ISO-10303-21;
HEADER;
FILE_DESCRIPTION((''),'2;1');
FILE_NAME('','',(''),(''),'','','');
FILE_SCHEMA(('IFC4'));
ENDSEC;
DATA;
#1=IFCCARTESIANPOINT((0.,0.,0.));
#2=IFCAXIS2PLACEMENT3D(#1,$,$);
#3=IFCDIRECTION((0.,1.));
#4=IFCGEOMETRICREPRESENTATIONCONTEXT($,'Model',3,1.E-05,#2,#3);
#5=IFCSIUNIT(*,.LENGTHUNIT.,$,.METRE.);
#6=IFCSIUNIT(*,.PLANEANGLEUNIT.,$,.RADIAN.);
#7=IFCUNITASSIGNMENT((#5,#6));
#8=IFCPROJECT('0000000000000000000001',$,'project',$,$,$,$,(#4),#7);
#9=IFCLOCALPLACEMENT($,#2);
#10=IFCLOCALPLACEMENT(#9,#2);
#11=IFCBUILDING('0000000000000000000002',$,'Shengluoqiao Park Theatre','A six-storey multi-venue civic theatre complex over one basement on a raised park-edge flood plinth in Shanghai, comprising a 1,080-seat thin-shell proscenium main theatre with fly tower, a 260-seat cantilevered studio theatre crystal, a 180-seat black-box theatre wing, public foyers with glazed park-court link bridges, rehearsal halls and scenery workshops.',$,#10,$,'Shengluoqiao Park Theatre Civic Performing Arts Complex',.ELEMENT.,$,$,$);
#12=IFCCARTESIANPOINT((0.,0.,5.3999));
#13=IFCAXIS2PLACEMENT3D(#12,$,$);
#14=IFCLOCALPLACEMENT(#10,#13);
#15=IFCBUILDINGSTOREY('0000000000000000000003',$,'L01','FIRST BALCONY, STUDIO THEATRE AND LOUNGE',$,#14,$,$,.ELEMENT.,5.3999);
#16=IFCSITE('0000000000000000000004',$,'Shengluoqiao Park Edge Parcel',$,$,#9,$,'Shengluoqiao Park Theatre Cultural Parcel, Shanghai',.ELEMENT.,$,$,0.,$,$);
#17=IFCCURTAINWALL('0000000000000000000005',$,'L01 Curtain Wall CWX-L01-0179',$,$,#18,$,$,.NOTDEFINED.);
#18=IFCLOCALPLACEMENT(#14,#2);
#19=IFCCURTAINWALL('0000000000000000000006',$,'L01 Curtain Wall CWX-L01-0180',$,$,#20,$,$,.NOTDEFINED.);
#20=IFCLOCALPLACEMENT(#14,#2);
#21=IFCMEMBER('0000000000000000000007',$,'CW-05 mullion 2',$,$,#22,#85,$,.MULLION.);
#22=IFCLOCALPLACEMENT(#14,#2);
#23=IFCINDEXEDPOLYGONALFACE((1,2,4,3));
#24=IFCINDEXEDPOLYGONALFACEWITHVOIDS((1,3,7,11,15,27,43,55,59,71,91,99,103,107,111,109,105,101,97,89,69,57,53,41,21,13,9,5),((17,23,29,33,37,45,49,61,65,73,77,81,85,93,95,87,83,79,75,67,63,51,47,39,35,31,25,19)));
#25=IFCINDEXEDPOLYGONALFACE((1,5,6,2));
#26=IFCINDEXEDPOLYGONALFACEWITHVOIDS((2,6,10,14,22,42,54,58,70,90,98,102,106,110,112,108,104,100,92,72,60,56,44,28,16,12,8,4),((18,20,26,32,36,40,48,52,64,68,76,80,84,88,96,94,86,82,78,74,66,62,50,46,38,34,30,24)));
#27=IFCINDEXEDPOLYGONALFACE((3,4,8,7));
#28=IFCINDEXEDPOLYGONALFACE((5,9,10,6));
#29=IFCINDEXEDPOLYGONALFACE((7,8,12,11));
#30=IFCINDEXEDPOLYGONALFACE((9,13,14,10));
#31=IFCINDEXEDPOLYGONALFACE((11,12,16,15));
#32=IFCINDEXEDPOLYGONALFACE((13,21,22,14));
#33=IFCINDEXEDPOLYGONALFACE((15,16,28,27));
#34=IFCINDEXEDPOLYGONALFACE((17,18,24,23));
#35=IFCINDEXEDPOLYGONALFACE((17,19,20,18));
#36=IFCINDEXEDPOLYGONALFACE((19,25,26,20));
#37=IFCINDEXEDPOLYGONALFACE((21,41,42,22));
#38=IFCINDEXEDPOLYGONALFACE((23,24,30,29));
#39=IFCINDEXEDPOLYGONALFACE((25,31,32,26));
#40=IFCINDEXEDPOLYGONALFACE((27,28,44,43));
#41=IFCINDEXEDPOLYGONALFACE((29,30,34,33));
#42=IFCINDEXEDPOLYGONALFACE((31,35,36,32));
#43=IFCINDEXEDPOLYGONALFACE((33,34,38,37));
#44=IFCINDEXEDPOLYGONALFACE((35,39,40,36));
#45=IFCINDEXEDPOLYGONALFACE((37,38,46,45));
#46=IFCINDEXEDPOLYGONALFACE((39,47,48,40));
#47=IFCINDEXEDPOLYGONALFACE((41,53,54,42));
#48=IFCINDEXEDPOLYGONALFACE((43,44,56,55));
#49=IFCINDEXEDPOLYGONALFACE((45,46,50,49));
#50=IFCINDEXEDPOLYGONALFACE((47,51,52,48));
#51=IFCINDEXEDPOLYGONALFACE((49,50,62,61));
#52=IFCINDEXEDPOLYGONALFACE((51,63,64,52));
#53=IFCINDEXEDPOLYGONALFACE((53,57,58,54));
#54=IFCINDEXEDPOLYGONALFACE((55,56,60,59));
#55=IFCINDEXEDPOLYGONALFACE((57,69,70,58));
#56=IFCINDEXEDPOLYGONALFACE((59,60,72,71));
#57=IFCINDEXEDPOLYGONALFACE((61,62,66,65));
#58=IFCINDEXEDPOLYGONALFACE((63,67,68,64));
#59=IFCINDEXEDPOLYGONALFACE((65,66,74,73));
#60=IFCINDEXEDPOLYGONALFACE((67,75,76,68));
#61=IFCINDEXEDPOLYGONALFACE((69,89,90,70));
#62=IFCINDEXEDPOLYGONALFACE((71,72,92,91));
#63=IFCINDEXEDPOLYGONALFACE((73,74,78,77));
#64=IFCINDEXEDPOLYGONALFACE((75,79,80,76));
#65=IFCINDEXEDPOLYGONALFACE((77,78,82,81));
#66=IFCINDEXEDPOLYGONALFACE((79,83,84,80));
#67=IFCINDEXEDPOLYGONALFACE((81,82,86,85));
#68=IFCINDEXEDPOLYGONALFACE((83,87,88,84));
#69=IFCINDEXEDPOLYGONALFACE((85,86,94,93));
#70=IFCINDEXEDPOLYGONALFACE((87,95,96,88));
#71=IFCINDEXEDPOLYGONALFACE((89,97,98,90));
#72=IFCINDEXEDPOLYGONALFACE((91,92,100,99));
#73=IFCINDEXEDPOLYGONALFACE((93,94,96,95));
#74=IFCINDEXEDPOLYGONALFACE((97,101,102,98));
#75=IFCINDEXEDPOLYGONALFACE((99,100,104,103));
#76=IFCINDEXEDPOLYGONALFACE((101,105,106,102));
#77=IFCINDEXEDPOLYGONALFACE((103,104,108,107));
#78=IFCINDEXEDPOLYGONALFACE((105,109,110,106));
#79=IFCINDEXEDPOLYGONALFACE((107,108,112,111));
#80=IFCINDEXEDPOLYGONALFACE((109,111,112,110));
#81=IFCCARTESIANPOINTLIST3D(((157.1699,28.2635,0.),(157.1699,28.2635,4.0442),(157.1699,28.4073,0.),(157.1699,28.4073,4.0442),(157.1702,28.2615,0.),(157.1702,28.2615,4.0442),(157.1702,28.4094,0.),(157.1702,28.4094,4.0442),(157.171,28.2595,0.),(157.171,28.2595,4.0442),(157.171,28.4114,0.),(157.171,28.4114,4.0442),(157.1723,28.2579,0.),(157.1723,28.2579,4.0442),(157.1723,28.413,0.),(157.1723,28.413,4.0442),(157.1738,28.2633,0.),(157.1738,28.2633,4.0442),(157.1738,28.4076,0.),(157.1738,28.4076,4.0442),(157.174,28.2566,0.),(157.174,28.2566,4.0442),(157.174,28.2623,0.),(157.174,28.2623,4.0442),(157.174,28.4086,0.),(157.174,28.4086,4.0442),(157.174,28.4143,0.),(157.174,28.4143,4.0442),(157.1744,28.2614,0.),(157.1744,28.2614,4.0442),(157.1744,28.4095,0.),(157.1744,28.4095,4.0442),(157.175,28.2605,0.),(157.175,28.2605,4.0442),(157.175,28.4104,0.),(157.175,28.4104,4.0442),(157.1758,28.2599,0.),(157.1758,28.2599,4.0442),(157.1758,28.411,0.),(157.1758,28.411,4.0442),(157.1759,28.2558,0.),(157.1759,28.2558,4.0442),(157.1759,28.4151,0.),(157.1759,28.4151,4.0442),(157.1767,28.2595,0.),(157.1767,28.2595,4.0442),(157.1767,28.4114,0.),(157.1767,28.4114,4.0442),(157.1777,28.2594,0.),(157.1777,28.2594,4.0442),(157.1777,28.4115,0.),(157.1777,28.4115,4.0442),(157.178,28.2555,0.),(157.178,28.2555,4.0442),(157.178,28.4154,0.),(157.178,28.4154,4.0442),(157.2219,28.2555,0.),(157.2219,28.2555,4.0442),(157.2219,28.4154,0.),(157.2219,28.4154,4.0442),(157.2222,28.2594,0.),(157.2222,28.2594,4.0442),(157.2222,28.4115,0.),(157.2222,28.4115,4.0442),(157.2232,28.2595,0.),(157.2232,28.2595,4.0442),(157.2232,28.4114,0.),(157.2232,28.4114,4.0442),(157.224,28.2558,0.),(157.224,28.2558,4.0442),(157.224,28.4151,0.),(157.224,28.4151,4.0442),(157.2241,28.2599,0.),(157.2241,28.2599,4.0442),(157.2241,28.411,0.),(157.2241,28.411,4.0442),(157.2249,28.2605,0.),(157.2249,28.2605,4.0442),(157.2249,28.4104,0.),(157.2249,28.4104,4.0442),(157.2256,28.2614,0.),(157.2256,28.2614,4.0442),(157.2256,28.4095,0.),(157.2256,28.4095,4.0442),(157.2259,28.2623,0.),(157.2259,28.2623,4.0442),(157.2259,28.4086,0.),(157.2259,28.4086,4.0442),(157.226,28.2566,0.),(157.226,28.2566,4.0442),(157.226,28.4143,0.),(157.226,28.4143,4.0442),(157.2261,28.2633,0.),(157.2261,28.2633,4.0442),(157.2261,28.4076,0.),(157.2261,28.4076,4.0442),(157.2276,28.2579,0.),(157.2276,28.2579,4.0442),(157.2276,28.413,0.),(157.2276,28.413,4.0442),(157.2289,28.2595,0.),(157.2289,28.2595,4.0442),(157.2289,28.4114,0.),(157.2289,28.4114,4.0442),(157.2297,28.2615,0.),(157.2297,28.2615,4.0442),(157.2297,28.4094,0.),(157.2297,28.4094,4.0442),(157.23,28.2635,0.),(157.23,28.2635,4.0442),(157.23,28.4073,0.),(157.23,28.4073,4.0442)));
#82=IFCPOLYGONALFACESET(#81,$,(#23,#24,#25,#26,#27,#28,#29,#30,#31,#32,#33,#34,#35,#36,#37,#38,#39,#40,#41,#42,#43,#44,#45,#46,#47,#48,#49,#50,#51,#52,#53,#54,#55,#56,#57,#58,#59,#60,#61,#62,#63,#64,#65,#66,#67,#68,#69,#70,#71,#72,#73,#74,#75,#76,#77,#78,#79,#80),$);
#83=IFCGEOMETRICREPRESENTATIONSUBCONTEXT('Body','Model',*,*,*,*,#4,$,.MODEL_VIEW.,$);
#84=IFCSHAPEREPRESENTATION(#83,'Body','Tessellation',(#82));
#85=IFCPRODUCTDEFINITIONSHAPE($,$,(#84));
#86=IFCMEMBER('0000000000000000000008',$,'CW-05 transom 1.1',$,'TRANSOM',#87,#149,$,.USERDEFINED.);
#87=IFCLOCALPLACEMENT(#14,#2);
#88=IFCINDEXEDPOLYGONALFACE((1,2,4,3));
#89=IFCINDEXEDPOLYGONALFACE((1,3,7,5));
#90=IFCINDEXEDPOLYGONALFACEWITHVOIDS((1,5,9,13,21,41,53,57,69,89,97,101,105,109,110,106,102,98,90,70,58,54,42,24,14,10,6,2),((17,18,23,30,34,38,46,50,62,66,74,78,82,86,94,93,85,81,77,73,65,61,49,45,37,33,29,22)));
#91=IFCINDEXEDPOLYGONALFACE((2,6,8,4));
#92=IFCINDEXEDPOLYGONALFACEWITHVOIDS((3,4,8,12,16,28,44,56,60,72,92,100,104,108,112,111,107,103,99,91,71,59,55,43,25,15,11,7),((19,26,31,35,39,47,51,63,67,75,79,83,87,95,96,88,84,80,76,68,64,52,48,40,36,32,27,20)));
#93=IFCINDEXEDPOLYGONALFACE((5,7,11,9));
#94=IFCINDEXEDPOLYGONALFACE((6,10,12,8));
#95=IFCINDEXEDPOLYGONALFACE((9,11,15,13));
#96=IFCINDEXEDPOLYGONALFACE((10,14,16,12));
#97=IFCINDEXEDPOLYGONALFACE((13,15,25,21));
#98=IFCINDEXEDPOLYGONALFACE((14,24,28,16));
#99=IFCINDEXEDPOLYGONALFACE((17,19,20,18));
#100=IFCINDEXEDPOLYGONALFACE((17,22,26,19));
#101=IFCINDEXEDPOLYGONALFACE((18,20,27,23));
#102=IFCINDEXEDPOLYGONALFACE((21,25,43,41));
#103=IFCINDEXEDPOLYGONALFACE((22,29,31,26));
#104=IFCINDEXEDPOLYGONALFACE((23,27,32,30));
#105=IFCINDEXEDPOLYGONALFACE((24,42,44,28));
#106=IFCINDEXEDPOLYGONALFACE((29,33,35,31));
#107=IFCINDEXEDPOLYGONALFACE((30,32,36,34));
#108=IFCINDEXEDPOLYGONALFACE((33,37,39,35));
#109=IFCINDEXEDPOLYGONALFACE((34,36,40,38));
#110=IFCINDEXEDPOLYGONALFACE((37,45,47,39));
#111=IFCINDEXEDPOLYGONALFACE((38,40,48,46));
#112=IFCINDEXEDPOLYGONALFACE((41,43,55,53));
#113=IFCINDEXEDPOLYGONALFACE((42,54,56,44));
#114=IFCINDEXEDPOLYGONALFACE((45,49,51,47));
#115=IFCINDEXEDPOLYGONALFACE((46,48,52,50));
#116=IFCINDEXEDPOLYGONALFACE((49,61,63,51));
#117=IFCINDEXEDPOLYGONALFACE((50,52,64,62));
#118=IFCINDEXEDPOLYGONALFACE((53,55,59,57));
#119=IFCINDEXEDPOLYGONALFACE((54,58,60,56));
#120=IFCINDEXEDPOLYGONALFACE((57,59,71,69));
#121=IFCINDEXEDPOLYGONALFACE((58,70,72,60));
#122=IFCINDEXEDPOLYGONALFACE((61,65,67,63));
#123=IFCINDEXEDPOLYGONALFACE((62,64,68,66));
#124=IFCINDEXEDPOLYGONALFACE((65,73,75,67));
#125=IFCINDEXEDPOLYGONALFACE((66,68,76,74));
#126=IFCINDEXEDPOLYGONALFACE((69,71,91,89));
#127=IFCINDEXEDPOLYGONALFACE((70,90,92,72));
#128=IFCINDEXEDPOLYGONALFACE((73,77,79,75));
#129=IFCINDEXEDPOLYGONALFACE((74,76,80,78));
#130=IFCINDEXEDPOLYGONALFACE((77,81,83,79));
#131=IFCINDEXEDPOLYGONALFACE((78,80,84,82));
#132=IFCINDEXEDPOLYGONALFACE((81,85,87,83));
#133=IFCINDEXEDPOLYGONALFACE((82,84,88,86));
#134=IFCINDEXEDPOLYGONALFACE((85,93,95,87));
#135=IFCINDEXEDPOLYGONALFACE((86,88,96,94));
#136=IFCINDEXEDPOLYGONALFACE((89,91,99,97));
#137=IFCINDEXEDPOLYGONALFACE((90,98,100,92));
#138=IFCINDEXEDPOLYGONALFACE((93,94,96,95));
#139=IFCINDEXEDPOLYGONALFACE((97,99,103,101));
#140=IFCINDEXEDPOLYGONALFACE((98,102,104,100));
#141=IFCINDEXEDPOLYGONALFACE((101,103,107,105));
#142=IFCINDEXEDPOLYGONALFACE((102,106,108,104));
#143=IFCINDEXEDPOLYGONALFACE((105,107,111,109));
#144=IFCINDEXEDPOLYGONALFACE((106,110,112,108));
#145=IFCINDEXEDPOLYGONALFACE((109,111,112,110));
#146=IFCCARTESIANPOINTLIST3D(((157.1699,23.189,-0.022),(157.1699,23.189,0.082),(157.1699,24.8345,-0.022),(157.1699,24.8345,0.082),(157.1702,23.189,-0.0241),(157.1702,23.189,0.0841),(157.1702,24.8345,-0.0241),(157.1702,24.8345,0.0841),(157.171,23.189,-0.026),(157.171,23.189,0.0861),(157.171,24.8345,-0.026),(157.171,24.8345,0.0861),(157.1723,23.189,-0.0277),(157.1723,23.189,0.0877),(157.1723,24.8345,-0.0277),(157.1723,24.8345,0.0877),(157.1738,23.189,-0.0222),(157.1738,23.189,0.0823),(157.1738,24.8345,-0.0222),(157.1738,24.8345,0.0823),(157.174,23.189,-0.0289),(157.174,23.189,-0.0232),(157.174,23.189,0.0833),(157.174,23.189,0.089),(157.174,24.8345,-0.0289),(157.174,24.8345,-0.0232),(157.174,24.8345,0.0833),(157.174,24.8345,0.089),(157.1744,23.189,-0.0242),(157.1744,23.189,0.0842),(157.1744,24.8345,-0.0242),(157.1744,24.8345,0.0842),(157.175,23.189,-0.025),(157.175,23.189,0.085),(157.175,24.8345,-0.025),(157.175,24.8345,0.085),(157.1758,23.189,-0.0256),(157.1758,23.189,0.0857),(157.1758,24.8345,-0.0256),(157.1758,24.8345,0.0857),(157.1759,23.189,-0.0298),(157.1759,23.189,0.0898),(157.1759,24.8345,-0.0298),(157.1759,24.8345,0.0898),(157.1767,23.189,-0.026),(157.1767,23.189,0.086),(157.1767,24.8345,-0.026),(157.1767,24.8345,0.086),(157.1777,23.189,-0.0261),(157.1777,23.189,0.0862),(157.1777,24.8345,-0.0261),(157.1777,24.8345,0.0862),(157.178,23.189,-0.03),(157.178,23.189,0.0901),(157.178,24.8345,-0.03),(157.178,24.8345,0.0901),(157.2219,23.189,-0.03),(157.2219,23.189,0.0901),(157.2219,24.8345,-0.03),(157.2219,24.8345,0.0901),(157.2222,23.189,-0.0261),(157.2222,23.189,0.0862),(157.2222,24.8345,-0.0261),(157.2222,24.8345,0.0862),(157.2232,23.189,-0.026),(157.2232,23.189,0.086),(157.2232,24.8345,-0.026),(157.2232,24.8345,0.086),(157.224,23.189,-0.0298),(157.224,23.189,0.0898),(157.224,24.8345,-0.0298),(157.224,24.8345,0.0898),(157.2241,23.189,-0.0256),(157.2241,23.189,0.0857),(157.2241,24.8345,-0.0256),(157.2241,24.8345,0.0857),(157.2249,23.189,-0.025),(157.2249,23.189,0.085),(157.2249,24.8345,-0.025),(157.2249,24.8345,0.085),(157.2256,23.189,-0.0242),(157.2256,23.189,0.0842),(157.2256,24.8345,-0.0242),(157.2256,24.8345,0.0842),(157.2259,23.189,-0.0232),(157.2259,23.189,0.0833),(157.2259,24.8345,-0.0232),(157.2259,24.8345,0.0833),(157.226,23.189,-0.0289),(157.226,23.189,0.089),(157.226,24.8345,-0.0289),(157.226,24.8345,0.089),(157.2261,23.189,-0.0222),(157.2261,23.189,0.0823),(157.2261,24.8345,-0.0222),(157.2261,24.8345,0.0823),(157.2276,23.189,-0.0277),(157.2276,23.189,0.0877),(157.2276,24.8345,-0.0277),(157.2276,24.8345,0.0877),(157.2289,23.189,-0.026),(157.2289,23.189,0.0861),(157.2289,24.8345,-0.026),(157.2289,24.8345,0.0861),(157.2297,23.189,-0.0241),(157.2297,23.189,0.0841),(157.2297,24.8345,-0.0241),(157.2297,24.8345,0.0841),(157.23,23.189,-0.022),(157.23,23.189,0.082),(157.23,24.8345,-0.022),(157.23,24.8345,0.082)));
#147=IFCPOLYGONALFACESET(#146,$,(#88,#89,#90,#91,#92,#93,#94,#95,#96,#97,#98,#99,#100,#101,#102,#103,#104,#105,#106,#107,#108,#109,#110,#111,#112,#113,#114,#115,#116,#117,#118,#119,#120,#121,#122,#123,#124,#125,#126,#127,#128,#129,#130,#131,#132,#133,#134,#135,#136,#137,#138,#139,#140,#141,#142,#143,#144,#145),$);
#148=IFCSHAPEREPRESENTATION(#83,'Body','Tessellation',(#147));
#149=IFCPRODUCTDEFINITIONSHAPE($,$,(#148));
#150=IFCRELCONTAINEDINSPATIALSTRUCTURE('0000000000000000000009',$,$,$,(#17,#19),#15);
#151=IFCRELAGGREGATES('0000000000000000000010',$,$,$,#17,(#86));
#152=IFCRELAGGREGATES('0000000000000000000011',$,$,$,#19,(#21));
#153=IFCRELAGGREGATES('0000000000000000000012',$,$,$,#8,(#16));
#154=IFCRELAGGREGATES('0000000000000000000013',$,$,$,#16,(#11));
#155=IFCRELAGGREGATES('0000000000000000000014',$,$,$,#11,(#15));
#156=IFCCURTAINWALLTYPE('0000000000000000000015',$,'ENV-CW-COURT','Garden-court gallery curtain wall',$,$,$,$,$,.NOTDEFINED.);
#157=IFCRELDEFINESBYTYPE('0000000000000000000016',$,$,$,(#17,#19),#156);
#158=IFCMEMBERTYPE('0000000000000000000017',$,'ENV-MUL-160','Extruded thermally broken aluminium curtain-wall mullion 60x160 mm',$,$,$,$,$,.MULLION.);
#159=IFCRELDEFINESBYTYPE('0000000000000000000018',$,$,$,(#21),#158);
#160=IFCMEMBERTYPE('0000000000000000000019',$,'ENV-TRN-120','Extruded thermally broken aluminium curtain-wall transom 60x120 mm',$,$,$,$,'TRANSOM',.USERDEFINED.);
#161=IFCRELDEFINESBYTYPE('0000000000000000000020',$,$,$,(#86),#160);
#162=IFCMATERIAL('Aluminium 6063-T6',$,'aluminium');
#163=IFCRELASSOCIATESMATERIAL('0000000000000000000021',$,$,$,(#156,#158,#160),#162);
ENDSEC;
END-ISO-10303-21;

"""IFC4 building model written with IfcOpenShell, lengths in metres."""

from ifc_helpers import new_model, si_unit, direction, frame, origin, origin_2d, place, context, subcontext, project, spatial, hollow_rectangle, extrude, material, material_profile, profile_set, type_object, element, aggregate, save


model = new_model("IFC4")

# Units and contexts
model_context = context("Model", 3, precision=1e-05, world=origin(), true_north=direction((0.0, 1.0)))
body_context = subcontext(model_context, "Body", "Model", "MODEL_VIEW")
ifc_project = project(units=[si_unit("LENGTHUNIT", "METRE"), si_unit("PLANEANGLEUNIT", "RADIAN")], contexts=[model_context])

# Site, building, storey
site_placement = place(None, origin())
site = spatial("IfcSite", under=ifc_project, at=site_placement, Name="Shengluoqiao Park Edge Parcel", LongName="Shengluoqiao Park Theatre Cultural Parcel, Shanghai", CompositionType="ELEMENT", RefElevation=0.0)
building_placement = place(site_placement, origin())
building = spatial("IfcBuilding", under=site, at=building_placement, Name="Shengluoqiao Park Theatre", Description="A six-storey multi-venue civic theatre complex over one basement on a raised park-edge flood plinth in Shanghai, comprising a 1,080-seat thin-shell proscenium main theatre with fly tower, a 260-seat cantilevered studio theatre crystal, a 180-seat black-box theatre wing, public foyers with glazed park-court link bridges, rehearsal halls and scenery workshops.", LongName="Shengluoqiao Park Theatre Civic Performing Arts Complex", CompositionType="ELEMENT")
storey_placement = place(building_placement, frame((0.0, 0.0, 5.3999)))
storey = spatial("IfcBuildingStorey", under=building, at=storey_placement, Name="L01", Description="FIRST BALCONY, STUDIO THEATRE AND LOUNGE", CompositionType="ELEMENT", Elevation=5.3999)

# Curtain walls, member
ifc_material_1 = material(Name="Aluminium 6063-T6", Category="aluminium")
curtain_wall_type = type_object("IfcCurtainWallType", Name="ENV-CW-COURT", Description="Garden-court gallery curtain wall", PredefinedType="NOTDEFINED", material=ifc_material_1)
curtain_wall_1_placement = place(storey_placement, origin())
curtain_wall_1 = element("IfcCurtainWall", 1, at=curtain_wall_1_placement, inside=storey, type_object=curtain_wall_type, Name="L01 Curtain Wall CWX-L01-0179", PredefinedType="NOTDEFINED")
ifc_material_profile_1 = material_profile(ifc_material_1, hollow_rectangle(XDim=0.0601, YDim=0.1599, WallThickness=0.0039, InnerFilletRadius=0.0039, OuterFilletRadius=0.0081, at=origin_2d()), Name="ALU MULLION 160x60x4")
ifc_profile_set_1 = profile_set([ifc_material_profile_1], Name="Aluminium 6063-T6")
member_type_1 = type_object("IfcMemberType", Name="ENV-MUL-160", Description="Extruded thermally broken aluminium curtain-wall mullion 60x160 mm", PredefinedType="MULLION", material=ifc_profile_set_1)
curtain_wall_2_placement = place(storey_placement, origin())
curtain_wall_2 = element("IfcCurtainWall", 2, at=curtain_wall_2_placement, inside=storey, type_object=curtain_wall_type, Name="L01 Curtain Wall CWX-L01-0180", PredefinedType="NOTDEFINED")
member_1_placement = place(storey_placement, frame((157.2, 28.3354, 0.0), z_axis=(0.0, 0.0, 1.0), x_axis=(-1.0, 0.0, 0.0)))
member_1 = element("IfcMember", 3, at=member_1_placement, type_object=member_type_1, Name="CW-05 mullion 2", PredefinedType="MULLION", context=body_context, shape_type="SweptSolid", body=[
    extrude(hollow_rectangle(XDim=0.0601, YDim=0.1599, WallThickness=0.0039, InnerFilletRadius=0.0039, OuterFilletRadius=0.0081, at=origin_2d()), origin(), (0.0, 0.0, 1.0), 4.0442),
])

# Member
ifc_material_profile_2 = material_profile(ifc_material_1, hollow_rectangle(XDim=0.0601, YDim=0.1201, WallThickness=0.0039, InnerFilletRadius=0.0039, OuterFilletRadius=0.0081, at=origin_2d()), Name="ALU TRANSOM 120x60x4")
ifc_profile_set_2 = profile_set([ifc_material_profile_2], Name="Aluminium 6063-T6")
member_type_2 = type_object("IfcMemberType", Name="ENV-TRN-120", Description="Extruded thermally broken aluminium curtain-wall transom 60x120 mm", ElementType="TRANSOM", PredefinedType="USERDEFINED", material=ifc_profile_set_2)
member_2_placement = place(storey_placement, frame((157.2, 23.189, 0.03), z_axis=(0.0, 1.0, 0.0), x_axis=(-1.0, 0.0, 0.0)))
member_2 = element("IfcMember", 4, at=member_2_placement, type_object=member_type_2, Name="CW-05 transom 1.1", ObjectType="TRANSOM", PredefinedType="USERDEFINED", context=body_context, shape_type="SweptSolid", body=[
    extrude(hollow_rectangle(XDim=0.0601, YDim=0.1201, WallThickness=0.0039, InnerFilletRadius=0.0039, OuterFilletRadius=0.0081, at=origin_2d()), origin(), (0.0, 0.0, 1.0), 1.6455),
])

aggregate(curtain_wall_1, [member_2])
aggregate(curtain_wall_2, [member_1])

save(model, "model.ifc")
